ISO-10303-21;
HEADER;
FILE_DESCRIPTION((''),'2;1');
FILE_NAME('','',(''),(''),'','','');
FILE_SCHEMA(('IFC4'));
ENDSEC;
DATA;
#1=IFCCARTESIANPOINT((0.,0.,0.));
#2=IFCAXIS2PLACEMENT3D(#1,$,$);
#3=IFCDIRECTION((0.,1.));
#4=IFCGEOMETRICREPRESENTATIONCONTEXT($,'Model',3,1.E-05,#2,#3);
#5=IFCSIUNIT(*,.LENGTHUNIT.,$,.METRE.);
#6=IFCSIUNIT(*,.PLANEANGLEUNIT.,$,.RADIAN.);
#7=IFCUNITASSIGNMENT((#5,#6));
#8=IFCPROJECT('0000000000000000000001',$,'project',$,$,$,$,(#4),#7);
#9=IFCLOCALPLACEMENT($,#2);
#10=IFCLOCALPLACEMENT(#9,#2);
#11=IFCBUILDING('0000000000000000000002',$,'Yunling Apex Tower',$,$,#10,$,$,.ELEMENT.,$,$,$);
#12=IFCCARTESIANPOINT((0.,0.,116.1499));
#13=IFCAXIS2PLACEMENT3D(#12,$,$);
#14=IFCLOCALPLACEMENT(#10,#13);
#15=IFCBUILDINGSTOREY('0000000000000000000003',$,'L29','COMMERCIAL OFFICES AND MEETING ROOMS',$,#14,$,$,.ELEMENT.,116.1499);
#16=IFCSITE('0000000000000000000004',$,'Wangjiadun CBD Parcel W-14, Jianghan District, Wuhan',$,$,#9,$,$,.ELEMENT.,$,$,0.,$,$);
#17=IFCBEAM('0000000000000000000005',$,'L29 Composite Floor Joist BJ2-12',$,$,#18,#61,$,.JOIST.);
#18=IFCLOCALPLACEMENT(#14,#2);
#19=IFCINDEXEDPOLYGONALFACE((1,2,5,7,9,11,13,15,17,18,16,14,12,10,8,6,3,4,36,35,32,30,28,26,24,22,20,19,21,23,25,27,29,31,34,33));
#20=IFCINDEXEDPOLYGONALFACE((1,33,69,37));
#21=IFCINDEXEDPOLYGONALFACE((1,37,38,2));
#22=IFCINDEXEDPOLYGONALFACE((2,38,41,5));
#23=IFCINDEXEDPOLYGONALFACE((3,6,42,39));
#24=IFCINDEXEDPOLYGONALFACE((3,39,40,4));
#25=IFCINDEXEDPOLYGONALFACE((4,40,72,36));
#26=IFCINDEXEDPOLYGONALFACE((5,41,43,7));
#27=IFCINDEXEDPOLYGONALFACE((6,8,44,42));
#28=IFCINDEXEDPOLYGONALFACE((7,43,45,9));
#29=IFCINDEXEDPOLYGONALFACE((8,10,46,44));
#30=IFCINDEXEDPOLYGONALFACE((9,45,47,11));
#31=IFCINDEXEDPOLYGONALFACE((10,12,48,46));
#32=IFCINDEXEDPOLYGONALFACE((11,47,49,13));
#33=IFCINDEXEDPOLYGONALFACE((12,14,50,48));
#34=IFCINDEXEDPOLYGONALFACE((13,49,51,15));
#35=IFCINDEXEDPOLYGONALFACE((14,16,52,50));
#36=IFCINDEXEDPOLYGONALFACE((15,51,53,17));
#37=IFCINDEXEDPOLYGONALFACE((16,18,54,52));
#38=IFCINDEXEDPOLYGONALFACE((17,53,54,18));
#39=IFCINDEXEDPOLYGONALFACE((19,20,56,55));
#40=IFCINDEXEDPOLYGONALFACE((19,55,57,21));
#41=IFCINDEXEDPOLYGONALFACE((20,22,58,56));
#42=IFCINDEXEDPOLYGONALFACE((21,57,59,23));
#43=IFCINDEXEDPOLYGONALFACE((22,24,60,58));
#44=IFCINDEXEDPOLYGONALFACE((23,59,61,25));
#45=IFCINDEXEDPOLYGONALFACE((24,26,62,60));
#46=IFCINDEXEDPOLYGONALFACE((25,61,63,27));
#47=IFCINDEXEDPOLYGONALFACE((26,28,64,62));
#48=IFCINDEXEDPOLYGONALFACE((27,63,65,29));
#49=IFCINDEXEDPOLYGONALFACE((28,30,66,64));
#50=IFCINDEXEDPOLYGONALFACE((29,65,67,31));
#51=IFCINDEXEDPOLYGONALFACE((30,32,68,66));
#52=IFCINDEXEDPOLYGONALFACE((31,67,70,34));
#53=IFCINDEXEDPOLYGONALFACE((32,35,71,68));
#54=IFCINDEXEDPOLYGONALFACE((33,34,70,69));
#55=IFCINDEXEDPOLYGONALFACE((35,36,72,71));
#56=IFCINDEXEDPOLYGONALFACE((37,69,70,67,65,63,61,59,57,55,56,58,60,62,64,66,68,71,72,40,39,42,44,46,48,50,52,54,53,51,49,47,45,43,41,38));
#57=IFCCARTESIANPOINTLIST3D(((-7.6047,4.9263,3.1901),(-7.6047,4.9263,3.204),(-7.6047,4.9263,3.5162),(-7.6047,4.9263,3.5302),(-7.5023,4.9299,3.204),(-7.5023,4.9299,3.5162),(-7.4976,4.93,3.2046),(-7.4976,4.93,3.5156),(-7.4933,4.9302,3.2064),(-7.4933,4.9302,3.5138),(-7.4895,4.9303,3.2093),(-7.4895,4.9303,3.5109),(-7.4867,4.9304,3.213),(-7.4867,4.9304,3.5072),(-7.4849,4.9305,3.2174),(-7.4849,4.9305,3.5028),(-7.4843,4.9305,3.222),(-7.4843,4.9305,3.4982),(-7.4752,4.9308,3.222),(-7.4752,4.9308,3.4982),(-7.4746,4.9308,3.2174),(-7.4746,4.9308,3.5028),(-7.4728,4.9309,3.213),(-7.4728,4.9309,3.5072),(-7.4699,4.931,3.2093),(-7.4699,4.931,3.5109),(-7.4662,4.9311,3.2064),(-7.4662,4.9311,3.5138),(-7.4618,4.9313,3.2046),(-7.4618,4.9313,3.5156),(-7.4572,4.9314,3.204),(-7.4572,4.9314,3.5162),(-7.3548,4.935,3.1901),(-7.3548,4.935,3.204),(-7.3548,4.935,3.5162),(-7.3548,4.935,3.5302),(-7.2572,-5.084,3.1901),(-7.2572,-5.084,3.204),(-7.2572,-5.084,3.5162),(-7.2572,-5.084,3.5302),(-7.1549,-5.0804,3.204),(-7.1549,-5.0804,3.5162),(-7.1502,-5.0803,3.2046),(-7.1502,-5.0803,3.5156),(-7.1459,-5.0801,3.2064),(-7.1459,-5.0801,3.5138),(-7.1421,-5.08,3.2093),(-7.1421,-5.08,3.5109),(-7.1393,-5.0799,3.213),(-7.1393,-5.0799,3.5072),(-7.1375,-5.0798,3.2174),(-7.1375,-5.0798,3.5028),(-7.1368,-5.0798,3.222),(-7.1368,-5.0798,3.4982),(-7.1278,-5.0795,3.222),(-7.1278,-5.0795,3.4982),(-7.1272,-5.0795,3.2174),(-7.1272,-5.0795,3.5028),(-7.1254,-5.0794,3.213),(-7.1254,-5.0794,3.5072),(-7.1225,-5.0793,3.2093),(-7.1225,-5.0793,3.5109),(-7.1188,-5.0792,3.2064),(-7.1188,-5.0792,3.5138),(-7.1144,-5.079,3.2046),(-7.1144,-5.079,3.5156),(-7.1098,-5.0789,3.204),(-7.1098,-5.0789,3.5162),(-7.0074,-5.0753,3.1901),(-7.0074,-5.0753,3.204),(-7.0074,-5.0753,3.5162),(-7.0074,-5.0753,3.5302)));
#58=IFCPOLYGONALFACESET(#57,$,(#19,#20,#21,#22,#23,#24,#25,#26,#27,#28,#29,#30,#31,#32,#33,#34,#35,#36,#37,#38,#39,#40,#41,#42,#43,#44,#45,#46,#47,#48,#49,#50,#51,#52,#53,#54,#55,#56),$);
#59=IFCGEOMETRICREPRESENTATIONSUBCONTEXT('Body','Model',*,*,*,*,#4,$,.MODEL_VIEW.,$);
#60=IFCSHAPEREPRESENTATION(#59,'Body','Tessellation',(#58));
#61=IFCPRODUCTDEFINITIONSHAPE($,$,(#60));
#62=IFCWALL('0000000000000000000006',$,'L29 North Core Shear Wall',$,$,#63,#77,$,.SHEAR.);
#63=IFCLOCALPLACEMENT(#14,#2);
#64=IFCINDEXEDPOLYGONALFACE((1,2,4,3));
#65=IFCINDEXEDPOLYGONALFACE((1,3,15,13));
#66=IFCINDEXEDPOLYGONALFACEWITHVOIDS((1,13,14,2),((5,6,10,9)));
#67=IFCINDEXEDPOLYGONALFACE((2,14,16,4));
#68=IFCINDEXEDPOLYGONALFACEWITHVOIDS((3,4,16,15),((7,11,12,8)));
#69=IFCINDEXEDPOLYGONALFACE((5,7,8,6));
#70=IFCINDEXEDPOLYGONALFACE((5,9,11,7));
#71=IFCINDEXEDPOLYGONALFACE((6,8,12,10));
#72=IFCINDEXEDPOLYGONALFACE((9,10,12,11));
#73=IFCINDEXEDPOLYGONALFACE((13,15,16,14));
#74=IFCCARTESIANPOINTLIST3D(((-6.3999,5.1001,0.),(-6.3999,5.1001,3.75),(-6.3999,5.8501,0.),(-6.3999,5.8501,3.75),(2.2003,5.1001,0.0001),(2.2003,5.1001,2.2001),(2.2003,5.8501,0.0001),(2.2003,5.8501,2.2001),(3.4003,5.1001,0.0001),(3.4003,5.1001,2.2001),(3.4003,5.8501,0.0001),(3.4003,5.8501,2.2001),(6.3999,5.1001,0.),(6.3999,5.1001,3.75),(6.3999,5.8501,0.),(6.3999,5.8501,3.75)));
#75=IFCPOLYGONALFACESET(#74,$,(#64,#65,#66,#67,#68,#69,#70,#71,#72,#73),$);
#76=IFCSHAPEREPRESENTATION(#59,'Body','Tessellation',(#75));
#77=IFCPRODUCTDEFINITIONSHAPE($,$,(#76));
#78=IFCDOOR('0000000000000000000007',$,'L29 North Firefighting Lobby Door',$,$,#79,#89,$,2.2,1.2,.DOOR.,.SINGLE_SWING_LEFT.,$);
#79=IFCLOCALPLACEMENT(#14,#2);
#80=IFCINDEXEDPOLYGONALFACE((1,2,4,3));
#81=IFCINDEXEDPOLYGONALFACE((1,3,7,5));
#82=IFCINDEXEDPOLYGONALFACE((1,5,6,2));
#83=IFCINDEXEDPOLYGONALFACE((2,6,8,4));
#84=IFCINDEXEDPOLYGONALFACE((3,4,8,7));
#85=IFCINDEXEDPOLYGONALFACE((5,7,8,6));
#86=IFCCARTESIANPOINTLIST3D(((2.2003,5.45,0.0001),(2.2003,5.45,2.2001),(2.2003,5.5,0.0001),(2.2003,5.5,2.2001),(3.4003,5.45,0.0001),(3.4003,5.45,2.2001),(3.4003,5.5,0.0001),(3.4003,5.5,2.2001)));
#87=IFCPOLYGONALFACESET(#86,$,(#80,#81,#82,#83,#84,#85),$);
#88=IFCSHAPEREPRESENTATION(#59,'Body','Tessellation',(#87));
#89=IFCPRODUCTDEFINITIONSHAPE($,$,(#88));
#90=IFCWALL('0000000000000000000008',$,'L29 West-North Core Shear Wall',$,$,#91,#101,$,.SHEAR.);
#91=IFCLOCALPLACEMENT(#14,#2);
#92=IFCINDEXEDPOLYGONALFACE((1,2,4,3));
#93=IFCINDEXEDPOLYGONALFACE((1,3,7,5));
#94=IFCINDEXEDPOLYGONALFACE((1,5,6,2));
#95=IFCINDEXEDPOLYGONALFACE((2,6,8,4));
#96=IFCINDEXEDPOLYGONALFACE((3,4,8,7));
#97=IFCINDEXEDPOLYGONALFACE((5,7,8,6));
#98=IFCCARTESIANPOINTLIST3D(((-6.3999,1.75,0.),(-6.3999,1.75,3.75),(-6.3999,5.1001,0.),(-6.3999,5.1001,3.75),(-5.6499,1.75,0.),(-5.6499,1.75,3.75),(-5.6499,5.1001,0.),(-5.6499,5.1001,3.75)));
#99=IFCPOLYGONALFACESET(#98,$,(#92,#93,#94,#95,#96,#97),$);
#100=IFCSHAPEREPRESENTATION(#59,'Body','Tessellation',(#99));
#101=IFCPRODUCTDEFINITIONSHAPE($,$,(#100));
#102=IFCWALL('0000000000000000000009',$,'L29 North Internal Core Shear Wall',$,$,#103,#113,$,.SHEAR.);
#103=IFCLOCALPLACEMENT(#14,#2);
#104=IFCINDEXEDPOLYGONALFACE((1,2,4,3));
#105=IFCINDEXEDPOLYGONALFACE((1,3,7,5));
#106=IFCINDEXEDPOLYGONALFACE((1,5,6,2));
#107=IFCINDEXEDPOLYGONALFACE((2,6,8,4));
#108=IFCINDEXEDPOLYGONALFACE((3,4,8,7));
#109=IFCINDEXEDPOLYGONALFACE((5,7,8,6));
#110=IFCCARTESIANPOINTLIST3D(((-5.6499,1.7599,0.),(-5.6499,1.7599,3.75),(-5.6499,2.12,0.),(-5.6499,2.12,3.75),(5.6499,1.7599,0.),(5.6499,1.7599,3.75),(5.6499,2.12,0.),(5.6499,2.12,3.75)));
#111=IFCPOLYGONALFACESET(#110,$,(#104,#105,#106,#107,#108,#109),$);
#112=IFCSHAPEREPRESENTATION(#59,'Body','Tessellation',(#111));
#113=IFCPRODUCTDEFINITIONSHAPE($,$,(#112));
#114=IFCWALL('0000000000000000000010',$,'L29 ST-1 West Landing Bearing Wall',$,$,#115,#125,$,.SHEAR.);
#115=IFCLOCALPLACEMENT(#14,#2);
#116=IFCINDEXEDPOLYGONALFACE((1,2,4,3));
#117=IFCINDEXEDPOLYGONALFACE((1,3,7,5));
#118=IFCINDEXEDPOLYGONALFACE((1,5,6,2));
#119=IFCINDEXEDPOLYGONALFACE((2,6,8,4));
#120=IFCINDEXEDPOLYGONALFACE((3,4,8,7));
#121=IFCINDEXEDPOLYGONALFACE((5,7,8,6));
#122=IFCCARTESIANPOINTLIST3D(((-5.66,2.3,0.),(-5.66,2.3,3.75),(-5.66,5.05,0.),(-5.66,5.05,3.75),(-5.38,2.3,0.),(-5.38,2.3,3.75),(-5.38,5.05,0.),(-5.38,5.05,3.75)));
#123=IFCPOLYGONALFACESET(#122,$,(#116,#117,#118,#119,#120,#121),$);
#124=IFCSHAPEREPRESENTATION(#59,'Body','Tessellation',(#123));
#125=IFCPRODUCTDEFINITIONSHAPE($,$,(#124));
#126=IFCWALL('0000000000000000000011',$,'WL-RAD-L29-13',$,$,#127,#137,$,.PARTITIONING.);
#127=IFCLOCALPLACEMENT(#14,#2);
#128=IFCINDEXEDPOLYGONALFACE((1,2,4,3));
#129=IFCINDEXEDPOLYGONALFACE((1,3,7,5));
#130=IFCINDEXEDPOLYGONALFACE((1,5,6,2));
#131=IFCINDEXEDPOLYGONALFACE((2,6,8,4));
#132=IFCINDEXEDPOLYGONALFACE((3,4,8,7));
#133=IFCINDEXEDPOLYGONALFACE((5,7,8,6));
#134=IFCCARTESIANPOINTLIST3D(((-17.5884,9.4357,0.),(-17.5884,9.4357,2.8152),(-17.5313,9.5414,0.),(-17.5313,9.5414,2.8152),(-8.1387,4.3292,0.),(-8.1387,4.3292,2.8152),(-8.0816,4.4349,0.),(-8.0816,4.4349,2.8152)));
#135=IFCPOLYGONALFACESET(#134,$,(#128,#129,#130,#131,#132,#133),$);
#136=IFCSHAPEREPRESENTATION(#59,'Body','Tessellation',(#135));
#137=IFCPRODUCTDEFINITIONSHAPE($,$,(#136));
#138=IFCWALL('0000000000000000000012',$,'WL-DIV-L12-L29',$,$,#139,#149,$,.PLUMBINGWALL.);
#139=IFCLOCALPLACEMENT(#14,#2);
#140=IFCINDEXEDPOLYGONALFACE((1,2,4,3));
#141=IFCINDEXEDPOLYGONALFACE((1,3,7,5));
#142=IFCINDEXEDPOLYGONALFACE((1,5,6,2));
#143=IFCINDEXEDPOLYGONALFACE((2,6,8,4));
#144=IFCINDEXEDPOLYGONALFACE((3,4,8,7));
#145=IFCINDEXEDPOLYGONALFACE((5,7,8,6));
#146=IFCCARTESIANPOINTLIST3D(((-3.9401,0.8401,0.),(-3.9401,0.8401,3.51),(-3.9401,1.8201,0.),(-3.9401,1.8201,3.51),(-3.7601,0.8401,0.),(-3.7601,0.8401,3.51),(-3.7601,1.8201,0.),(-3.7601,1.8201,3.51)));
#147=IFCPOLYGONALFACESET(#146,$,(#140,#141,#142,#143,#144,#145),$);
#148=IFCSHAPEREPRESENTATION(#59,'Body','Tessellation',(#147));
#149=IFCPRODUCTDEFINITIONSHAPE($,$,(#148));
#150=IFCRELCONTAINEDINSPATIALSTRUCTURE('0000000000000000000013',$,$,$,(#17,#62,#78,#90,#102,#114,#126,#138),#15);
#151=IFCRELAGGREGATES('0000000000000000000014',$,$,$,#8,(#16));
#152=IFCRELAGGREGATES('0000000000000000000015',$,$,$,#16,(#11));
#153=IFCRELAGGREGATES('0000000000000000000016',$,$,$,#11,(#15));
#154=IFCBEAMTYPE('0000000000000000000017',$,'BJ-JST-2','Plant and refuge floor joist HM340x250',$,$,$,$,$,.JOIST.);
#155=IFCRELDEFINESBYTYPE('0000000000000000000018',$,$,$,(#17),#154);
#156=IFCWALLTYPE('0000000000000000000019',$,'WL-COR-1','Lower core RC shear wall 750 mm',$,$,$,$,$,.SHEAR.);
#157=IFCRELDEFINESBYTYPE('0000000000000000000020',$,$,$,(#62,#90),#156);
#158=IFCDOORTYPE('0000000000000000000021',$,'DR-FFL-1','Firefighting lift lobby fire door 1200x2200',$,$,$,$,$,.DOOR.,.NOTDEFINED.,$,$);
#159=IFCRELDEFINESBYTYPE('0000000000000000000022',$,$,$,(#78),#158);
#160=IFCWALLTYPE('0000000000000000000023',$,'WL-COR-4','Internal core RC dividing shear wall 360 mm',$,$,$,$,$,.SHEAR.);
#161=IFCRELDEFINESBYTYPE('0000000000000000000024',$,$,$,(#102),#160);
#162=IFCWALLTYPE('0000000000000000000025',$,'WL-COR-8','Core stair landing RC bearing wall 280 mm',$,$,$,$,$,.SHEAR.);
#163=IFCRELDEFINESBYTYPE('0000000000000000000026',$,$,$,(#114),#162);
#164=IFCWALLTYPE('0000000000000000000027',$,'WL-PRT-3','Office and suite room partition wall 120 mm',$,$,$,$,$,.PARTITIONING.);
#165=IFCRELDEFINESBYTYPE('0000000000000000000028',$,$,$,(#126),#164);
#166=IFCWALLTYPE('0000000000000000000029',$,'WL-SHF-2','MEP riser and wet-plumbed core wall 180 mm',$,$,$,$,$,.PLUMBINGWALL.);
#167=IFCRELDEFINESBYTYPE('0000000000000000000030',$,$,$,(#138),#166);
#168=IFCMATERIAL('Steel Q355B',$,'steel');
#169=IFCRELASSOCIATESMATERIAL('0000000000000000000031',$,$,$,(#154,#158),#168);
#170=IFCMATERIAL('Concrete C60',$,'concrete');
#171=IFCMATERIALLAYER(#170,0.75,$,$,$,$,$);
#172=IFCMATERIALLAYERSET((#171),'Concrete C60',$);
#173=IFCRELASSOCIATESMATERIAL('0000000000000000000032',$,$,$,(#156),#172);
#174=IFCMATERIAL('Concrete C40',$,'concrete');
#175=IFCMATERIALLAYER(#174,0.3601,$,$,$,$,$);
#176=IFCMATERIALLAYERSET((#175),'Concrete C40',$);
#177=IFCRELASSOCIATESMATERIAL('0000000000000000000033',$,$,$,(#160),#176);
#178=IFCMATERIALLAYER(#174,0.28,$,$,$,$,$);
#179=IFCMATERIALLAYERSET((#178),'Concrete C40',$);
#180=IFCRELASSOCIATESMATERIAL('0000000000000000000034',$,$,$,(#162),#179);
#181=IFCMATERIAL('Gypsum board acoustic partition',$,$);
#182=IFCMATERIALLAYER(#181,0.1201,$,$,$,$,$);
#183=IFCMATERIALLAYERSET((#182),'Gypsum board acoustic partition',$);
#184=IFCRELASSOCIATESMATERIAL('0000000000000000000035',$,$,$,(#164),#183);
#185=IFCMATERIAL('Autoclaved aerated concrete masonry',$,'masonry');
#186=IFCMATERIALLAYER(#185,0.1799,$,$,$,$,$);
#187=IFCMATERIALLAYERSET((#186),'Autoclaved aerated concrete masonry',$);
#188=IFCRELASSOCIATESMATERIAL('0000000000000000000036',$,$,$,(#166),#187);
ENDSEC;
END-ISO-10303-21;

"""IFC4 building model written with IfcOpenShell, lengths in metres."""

from ifc_helpers import new_model, si_unit, direction, frame, frame_2d, origin, origin_2d, place, context, subcontext, project, spatial, rectangle, i_section, extrude, source, transform, mapped, material, layer, layer_set, material_profile, profile_set, type_object, element, fill, save


model = new_model("IFC4")

# Units and contexts
model_context = context("Model", 3, precision=1e-05, world=origin(), true_north=direction((0.0, 1.0)))
body_context = subcontext(model_context, "Body", "Model", "MODEL_VIEW")
ifc_project = project(units=[si_unit("LENGTHUNIT", "METRE"), si_unit("PLANEANGLEUNIT", "RADIAN")], contexts=[model_context])

# Site, building, storey
site_placement = place(None, origin())
site = spatial("IfcSite", under=ifc_project, at=site_placement, Name="Wangjiadun CBD Parcel W-14, Jianghan District, Wuhan", CompositionType="ELEMENT", RefElevation=0.0)
building_placement = place(site_placement, origin())
building = spatial("IfcBuilding", under=site, at=building_placement, Name="Yunling Apex Tower", CompositionType="ELEMENT")
storey_placement = place(building_placement, frame((0.0, 0.0, 116.1499)))
storey = spatial("IfcBuildingStorey", under=building, at=storey_placement, Name="L29", Description="COMMERCIAL OFFICES AND MEETING ROOMS", CompositionType="ELEMENT", Elevation=116.1499)

# Shared definitions
ifc_material_1 = material(Name="Concrete C60", Category="concrete")

# Beam
ifc_material_2 = material(Name="Steel Q355B", Category="steel")
ifc_material_profile_1 = material_profile(ifc_material_2, i_section(OverallWidth=0.25, OverallDepth=0.3401, WebThickness=0.009, FlangeThickness=0.0139, FilletRadius=0.0181, at=origin_2d()))
ifc_profile_set_1 = profile_set([ifc_material_profile_1], Name="Steel Q355B")
beam_type_1 = type_object("IfcBeamType", Name="BJ-JST-2", Description="Plant and refuge floor joist HM340x250", PredefinedType="JOIST", material=ifc_profile_set_1)
shared_shape_1 = source(origin(), body_context, "Body", "SweptSolid", [
    extrude(i_section(OverallWidth=0.25, OverallDepth=0.3401, WebThickness=0.009, FlangeThickness=0.0139, FilletRadius=0.0181, at=origin_2d()), origin(), (0.0, 0.0, 1.0), 10.0164),
])
beam_1_placement = place(storey_placement, frame((-7.4797, 4.9307, 3.3601), z_axis=(0.034685, -0.999398, 0.0), x_axis=(0.999398, 0.034685, 0.0)))
element("IfcBeam", 1, at=beam_1_placement, inside=storey, type_object=beam_type_1, Name="L29 Composite Floor Joist BJ2-12", PredefinedType="JOIST", context=body_context, shape_type="MappedRepresentation", body=[
    mapped(shared_shape_1, transform((0.0, 0.0, 0.0), scale=1.0)),
])

# Wall, opening, door
ifc_layer_1 = layer(ifc_material_1, 0.75)
ifc_layer_set_1 = layer_set([ifc_layer_1], Name="Concrete C60")
wall_type_1 = type_object("IfcWallType", Name="WL-COR-1", Description="Lower core RC shear wall 750 mm", PredefinedType="SHEAR", material=ifc_layer_set_1)
wall_1_placement = place(storey_placement, frame((-6.3999, 5.4751, 0.0), z_axis=(0.0, 0.0, 1.0), x_axis=(1.0, 0.0, 0.0)))
wall_1 = element("IfcWall", 2, at=wall_1_placement, inside=storey, type_object=wall_type_1, Name="L29 North Core Shear Wall", PredefinedType="SHEAR", context=body_context, shape_type="SweptSolid", body=[
    extrude(rectangle(XDim=12.7998, YDim=0.75, at=frame_2d((6.3999, 0.0))), origin(), (0.0, 0.0, 1.0), 3.75),
])
opening_1_placement = place(wall_1_placement, frame((8.6001, 0.0, 0.0)))
opening_1 = element("IfcOpeningElement", 3, at=opening_1_placement, cuts=wall_1, PredefinedType="OPENING", context=body_context, shape_type="SweptSolid", body=[
    extrude(rectangle(XDim=1.2, YDim=2.2, at=frame_2d((0.6001, 1.1001))), frame((0.0, 0.385, 0.0), z_axis=(0.0, -1.0, 0.0), x_axis=(1.0, 0.0, 0.0)), (0.0, 0.0, 1.0), 0.77),
])
door_type_1 = type_object("IfcDoorType", Name="DR-FFL-1", Description="Firefighting lift lobby fire door 1200x2200", OperationType="NOTDEFINED", PredefinedType="DOOR", material=ifc_material_2)
door_1_placement = place(opening_1_placement, origin())
door_1 = element("IfcDoor", 4, at=door_1_placement, inside=storey, type_object=door_type_1, Name="L29 North Firefighting Lobby Door", OperationType="SINGLE_SWING_LEFT", OverallHeight=2.2, OverallWidth=1.2, PredefinedType="DOOR", context=body_context, shape_type="SweptSolid", body=[
    extrude(rectangle(XDim=1.2, YDim=2.2, at=frame_2d((0.6001, 1.1001))), frame((0.0, 0.0249, 0.0), z_axis=(0.0, -1.0, 0.0), x_axis=(1.0, 0.0, 0.0)), (0.0, 0.0, 1.0), 0.05),
])
fill(opening_1, door_1)

# Walls
wall_2_placement = place(storey_placement, frame((-6.0249, 1.75, 0.0), z_axis=(0.0, 0.0, 1.0), x_axis=(0.0, 1.0, 0.0)))
element("IfcWall", 5, at=wall_2_placement, inside=storey, type_object=wall_type_1, Name="L29 West-North Core Shear Wall", PredefinedType="SHEAR", context=body_context, shape_type="SweptSolid", body=[
    extrude(rectangle(XDim=3.3501, YDim=0.75, at=frame_2d((1.675, 0.0))), origin(), (0.0, 0.0, 1.0), 3.75),
])
ifc_material_3 = material(Name="Concrete C40", Category="concrete")
ifc_layer_2 = layer(ifc_material_3, 0.3601)
ifc_layer_set_2 = layer_set([ifc_layer_2], Name="Concrete C40")
wall_type_2 = type_object("IfcWallType", Name="WL-COR-4", Description="Internal core RC dividing shear wall 360 mm", PredefinedType="SHEAR", material=ifc_layer_set_2)
wall_3_placement = place(storey_placement, frame((-5.6499, 1.9399, 0.0), z_axis=(0.0, 0.0, 1.0), x_axis=(1.0, 0.0, 0.0)))
element("IfcWall", 6, at=wall_3_placement, inside=storey, type_object=wall_type_2, Name="L29 North Internal Core Shear Wall", PredefinedType="SHEAR", context=body_context, shape_type="SweptSolid", body=[
    extrude(rectangle(XDim=11.2998, YDim=0.3601, at=frame_2d((5.6499, 0.0))), origin(), (0.0, 0.0, 1.0), 3.75),
])
ifc_layer_3 = layer(ifc_material_3, 0.28)
ifc_layer_set_3 = layer_set([ifc_layer_3], Name="Concrete C40")
wall_type_3 = type_object("IfcWallType", Name="WL-COR-8", Description="Core stair landing RC bearing wall 280 mm", PredefinedType="SHEAR", material=ifc_layer_set_3)
wall_4_placement = place(storey_placement, frame((-5.52, 2.3, 0.0), z_axis=(0.0, 0.0, 1.0), x_axis=(0.0, 1.0, 0.0)))
element("IfcWall", 7, at=wall_4_placement, inside=storey, type_object=wall_type_3, Name="L29 ST-1 West Landing Bearing Wall", PredefinedType="SHEAR", context=body_context, shape_type="SweptSolid", body=[
    extrude(rectangle(XDim=2.75, YDim=0.28, at=frame_2d((1.375, 0.0))), origin(), (0.0, 0.0, 1.0), 3.75),
])
ifc_material_4 = material(Name="Gypsum board acoustic partition")
ifc_layer_4 = layer(ifc_material_4, 0.1201)
ifc_layer_set_4 = layer_set([ifc_layer_4], Name="Gypsum board acoustic partition")
wall_type_4 = type_object("IfcWallType", Name="WL-PRT-3", Description="Office and suite room partition wall 120 mm", PredefinedType="PARTITIONING", material=ifc_layer_set_4)
wall_5_placement = place(storey_placement, frame((-8.1101, 4.3821, 0.0), z_axis=(0.0, 0.0, 1.0), x_axis=(-0.879765, 0.475409, 0.0)))
element("IfcWall", 8, at=wall_5_placement, inside=storey, type_object=wall_type_4, Name="WL-RAD-L29-13", PredefinedType="PARTITIONING", context=body_context, shape_type="SweptSolid", body=[
    extrude(rectangle(XDim=10.7412, YDim=0.1201, at=frame_2d((5.3706, 0.0))), origin(), (0.0, 0.0, 1.0), 2.8152),
])
ifc_material_5 = material(Name="Autoclaved aerated concrete masonry", Category="masonry")
ifc_layer_5 = layer(ifc_material_5, 0.1799)
ifc_layer_set_5 = layer_set([ifc_layer_5], Name="Autoclaved aerated concrete masonry")
wall_type_5 = type_object("IfcWallType", Name="WL-SHF-2", Description="MEP riser and wet-plumbed core wall 180 mm", PredefinedType="PLUMBINGWALL", material=ifc_layer_set_5)
wall_6_placement = place(storey_placement, frame((-3.8501, 0.8401, 0.0), z_axis=(0.0, 0.0, 1.0), x_axis=(0.0, 1.0, 0.0)))
element("IfcWall", 9, at=wall_6_placement, inside=storey, type_object=wall_type_5, Name="WL-DIV-L12-L29", PredefinedType="PLUMBINGWALL", context=body_context, shape_type="SweptSolid", body=[
    extrude(rectangle(XDim=0.98, YDim=0.1799, at=frame_2d((0.49, 0.0))), origin(), (0.0, 0.0, 1.0), 3.51),
])

save(model, "model.ifc")
